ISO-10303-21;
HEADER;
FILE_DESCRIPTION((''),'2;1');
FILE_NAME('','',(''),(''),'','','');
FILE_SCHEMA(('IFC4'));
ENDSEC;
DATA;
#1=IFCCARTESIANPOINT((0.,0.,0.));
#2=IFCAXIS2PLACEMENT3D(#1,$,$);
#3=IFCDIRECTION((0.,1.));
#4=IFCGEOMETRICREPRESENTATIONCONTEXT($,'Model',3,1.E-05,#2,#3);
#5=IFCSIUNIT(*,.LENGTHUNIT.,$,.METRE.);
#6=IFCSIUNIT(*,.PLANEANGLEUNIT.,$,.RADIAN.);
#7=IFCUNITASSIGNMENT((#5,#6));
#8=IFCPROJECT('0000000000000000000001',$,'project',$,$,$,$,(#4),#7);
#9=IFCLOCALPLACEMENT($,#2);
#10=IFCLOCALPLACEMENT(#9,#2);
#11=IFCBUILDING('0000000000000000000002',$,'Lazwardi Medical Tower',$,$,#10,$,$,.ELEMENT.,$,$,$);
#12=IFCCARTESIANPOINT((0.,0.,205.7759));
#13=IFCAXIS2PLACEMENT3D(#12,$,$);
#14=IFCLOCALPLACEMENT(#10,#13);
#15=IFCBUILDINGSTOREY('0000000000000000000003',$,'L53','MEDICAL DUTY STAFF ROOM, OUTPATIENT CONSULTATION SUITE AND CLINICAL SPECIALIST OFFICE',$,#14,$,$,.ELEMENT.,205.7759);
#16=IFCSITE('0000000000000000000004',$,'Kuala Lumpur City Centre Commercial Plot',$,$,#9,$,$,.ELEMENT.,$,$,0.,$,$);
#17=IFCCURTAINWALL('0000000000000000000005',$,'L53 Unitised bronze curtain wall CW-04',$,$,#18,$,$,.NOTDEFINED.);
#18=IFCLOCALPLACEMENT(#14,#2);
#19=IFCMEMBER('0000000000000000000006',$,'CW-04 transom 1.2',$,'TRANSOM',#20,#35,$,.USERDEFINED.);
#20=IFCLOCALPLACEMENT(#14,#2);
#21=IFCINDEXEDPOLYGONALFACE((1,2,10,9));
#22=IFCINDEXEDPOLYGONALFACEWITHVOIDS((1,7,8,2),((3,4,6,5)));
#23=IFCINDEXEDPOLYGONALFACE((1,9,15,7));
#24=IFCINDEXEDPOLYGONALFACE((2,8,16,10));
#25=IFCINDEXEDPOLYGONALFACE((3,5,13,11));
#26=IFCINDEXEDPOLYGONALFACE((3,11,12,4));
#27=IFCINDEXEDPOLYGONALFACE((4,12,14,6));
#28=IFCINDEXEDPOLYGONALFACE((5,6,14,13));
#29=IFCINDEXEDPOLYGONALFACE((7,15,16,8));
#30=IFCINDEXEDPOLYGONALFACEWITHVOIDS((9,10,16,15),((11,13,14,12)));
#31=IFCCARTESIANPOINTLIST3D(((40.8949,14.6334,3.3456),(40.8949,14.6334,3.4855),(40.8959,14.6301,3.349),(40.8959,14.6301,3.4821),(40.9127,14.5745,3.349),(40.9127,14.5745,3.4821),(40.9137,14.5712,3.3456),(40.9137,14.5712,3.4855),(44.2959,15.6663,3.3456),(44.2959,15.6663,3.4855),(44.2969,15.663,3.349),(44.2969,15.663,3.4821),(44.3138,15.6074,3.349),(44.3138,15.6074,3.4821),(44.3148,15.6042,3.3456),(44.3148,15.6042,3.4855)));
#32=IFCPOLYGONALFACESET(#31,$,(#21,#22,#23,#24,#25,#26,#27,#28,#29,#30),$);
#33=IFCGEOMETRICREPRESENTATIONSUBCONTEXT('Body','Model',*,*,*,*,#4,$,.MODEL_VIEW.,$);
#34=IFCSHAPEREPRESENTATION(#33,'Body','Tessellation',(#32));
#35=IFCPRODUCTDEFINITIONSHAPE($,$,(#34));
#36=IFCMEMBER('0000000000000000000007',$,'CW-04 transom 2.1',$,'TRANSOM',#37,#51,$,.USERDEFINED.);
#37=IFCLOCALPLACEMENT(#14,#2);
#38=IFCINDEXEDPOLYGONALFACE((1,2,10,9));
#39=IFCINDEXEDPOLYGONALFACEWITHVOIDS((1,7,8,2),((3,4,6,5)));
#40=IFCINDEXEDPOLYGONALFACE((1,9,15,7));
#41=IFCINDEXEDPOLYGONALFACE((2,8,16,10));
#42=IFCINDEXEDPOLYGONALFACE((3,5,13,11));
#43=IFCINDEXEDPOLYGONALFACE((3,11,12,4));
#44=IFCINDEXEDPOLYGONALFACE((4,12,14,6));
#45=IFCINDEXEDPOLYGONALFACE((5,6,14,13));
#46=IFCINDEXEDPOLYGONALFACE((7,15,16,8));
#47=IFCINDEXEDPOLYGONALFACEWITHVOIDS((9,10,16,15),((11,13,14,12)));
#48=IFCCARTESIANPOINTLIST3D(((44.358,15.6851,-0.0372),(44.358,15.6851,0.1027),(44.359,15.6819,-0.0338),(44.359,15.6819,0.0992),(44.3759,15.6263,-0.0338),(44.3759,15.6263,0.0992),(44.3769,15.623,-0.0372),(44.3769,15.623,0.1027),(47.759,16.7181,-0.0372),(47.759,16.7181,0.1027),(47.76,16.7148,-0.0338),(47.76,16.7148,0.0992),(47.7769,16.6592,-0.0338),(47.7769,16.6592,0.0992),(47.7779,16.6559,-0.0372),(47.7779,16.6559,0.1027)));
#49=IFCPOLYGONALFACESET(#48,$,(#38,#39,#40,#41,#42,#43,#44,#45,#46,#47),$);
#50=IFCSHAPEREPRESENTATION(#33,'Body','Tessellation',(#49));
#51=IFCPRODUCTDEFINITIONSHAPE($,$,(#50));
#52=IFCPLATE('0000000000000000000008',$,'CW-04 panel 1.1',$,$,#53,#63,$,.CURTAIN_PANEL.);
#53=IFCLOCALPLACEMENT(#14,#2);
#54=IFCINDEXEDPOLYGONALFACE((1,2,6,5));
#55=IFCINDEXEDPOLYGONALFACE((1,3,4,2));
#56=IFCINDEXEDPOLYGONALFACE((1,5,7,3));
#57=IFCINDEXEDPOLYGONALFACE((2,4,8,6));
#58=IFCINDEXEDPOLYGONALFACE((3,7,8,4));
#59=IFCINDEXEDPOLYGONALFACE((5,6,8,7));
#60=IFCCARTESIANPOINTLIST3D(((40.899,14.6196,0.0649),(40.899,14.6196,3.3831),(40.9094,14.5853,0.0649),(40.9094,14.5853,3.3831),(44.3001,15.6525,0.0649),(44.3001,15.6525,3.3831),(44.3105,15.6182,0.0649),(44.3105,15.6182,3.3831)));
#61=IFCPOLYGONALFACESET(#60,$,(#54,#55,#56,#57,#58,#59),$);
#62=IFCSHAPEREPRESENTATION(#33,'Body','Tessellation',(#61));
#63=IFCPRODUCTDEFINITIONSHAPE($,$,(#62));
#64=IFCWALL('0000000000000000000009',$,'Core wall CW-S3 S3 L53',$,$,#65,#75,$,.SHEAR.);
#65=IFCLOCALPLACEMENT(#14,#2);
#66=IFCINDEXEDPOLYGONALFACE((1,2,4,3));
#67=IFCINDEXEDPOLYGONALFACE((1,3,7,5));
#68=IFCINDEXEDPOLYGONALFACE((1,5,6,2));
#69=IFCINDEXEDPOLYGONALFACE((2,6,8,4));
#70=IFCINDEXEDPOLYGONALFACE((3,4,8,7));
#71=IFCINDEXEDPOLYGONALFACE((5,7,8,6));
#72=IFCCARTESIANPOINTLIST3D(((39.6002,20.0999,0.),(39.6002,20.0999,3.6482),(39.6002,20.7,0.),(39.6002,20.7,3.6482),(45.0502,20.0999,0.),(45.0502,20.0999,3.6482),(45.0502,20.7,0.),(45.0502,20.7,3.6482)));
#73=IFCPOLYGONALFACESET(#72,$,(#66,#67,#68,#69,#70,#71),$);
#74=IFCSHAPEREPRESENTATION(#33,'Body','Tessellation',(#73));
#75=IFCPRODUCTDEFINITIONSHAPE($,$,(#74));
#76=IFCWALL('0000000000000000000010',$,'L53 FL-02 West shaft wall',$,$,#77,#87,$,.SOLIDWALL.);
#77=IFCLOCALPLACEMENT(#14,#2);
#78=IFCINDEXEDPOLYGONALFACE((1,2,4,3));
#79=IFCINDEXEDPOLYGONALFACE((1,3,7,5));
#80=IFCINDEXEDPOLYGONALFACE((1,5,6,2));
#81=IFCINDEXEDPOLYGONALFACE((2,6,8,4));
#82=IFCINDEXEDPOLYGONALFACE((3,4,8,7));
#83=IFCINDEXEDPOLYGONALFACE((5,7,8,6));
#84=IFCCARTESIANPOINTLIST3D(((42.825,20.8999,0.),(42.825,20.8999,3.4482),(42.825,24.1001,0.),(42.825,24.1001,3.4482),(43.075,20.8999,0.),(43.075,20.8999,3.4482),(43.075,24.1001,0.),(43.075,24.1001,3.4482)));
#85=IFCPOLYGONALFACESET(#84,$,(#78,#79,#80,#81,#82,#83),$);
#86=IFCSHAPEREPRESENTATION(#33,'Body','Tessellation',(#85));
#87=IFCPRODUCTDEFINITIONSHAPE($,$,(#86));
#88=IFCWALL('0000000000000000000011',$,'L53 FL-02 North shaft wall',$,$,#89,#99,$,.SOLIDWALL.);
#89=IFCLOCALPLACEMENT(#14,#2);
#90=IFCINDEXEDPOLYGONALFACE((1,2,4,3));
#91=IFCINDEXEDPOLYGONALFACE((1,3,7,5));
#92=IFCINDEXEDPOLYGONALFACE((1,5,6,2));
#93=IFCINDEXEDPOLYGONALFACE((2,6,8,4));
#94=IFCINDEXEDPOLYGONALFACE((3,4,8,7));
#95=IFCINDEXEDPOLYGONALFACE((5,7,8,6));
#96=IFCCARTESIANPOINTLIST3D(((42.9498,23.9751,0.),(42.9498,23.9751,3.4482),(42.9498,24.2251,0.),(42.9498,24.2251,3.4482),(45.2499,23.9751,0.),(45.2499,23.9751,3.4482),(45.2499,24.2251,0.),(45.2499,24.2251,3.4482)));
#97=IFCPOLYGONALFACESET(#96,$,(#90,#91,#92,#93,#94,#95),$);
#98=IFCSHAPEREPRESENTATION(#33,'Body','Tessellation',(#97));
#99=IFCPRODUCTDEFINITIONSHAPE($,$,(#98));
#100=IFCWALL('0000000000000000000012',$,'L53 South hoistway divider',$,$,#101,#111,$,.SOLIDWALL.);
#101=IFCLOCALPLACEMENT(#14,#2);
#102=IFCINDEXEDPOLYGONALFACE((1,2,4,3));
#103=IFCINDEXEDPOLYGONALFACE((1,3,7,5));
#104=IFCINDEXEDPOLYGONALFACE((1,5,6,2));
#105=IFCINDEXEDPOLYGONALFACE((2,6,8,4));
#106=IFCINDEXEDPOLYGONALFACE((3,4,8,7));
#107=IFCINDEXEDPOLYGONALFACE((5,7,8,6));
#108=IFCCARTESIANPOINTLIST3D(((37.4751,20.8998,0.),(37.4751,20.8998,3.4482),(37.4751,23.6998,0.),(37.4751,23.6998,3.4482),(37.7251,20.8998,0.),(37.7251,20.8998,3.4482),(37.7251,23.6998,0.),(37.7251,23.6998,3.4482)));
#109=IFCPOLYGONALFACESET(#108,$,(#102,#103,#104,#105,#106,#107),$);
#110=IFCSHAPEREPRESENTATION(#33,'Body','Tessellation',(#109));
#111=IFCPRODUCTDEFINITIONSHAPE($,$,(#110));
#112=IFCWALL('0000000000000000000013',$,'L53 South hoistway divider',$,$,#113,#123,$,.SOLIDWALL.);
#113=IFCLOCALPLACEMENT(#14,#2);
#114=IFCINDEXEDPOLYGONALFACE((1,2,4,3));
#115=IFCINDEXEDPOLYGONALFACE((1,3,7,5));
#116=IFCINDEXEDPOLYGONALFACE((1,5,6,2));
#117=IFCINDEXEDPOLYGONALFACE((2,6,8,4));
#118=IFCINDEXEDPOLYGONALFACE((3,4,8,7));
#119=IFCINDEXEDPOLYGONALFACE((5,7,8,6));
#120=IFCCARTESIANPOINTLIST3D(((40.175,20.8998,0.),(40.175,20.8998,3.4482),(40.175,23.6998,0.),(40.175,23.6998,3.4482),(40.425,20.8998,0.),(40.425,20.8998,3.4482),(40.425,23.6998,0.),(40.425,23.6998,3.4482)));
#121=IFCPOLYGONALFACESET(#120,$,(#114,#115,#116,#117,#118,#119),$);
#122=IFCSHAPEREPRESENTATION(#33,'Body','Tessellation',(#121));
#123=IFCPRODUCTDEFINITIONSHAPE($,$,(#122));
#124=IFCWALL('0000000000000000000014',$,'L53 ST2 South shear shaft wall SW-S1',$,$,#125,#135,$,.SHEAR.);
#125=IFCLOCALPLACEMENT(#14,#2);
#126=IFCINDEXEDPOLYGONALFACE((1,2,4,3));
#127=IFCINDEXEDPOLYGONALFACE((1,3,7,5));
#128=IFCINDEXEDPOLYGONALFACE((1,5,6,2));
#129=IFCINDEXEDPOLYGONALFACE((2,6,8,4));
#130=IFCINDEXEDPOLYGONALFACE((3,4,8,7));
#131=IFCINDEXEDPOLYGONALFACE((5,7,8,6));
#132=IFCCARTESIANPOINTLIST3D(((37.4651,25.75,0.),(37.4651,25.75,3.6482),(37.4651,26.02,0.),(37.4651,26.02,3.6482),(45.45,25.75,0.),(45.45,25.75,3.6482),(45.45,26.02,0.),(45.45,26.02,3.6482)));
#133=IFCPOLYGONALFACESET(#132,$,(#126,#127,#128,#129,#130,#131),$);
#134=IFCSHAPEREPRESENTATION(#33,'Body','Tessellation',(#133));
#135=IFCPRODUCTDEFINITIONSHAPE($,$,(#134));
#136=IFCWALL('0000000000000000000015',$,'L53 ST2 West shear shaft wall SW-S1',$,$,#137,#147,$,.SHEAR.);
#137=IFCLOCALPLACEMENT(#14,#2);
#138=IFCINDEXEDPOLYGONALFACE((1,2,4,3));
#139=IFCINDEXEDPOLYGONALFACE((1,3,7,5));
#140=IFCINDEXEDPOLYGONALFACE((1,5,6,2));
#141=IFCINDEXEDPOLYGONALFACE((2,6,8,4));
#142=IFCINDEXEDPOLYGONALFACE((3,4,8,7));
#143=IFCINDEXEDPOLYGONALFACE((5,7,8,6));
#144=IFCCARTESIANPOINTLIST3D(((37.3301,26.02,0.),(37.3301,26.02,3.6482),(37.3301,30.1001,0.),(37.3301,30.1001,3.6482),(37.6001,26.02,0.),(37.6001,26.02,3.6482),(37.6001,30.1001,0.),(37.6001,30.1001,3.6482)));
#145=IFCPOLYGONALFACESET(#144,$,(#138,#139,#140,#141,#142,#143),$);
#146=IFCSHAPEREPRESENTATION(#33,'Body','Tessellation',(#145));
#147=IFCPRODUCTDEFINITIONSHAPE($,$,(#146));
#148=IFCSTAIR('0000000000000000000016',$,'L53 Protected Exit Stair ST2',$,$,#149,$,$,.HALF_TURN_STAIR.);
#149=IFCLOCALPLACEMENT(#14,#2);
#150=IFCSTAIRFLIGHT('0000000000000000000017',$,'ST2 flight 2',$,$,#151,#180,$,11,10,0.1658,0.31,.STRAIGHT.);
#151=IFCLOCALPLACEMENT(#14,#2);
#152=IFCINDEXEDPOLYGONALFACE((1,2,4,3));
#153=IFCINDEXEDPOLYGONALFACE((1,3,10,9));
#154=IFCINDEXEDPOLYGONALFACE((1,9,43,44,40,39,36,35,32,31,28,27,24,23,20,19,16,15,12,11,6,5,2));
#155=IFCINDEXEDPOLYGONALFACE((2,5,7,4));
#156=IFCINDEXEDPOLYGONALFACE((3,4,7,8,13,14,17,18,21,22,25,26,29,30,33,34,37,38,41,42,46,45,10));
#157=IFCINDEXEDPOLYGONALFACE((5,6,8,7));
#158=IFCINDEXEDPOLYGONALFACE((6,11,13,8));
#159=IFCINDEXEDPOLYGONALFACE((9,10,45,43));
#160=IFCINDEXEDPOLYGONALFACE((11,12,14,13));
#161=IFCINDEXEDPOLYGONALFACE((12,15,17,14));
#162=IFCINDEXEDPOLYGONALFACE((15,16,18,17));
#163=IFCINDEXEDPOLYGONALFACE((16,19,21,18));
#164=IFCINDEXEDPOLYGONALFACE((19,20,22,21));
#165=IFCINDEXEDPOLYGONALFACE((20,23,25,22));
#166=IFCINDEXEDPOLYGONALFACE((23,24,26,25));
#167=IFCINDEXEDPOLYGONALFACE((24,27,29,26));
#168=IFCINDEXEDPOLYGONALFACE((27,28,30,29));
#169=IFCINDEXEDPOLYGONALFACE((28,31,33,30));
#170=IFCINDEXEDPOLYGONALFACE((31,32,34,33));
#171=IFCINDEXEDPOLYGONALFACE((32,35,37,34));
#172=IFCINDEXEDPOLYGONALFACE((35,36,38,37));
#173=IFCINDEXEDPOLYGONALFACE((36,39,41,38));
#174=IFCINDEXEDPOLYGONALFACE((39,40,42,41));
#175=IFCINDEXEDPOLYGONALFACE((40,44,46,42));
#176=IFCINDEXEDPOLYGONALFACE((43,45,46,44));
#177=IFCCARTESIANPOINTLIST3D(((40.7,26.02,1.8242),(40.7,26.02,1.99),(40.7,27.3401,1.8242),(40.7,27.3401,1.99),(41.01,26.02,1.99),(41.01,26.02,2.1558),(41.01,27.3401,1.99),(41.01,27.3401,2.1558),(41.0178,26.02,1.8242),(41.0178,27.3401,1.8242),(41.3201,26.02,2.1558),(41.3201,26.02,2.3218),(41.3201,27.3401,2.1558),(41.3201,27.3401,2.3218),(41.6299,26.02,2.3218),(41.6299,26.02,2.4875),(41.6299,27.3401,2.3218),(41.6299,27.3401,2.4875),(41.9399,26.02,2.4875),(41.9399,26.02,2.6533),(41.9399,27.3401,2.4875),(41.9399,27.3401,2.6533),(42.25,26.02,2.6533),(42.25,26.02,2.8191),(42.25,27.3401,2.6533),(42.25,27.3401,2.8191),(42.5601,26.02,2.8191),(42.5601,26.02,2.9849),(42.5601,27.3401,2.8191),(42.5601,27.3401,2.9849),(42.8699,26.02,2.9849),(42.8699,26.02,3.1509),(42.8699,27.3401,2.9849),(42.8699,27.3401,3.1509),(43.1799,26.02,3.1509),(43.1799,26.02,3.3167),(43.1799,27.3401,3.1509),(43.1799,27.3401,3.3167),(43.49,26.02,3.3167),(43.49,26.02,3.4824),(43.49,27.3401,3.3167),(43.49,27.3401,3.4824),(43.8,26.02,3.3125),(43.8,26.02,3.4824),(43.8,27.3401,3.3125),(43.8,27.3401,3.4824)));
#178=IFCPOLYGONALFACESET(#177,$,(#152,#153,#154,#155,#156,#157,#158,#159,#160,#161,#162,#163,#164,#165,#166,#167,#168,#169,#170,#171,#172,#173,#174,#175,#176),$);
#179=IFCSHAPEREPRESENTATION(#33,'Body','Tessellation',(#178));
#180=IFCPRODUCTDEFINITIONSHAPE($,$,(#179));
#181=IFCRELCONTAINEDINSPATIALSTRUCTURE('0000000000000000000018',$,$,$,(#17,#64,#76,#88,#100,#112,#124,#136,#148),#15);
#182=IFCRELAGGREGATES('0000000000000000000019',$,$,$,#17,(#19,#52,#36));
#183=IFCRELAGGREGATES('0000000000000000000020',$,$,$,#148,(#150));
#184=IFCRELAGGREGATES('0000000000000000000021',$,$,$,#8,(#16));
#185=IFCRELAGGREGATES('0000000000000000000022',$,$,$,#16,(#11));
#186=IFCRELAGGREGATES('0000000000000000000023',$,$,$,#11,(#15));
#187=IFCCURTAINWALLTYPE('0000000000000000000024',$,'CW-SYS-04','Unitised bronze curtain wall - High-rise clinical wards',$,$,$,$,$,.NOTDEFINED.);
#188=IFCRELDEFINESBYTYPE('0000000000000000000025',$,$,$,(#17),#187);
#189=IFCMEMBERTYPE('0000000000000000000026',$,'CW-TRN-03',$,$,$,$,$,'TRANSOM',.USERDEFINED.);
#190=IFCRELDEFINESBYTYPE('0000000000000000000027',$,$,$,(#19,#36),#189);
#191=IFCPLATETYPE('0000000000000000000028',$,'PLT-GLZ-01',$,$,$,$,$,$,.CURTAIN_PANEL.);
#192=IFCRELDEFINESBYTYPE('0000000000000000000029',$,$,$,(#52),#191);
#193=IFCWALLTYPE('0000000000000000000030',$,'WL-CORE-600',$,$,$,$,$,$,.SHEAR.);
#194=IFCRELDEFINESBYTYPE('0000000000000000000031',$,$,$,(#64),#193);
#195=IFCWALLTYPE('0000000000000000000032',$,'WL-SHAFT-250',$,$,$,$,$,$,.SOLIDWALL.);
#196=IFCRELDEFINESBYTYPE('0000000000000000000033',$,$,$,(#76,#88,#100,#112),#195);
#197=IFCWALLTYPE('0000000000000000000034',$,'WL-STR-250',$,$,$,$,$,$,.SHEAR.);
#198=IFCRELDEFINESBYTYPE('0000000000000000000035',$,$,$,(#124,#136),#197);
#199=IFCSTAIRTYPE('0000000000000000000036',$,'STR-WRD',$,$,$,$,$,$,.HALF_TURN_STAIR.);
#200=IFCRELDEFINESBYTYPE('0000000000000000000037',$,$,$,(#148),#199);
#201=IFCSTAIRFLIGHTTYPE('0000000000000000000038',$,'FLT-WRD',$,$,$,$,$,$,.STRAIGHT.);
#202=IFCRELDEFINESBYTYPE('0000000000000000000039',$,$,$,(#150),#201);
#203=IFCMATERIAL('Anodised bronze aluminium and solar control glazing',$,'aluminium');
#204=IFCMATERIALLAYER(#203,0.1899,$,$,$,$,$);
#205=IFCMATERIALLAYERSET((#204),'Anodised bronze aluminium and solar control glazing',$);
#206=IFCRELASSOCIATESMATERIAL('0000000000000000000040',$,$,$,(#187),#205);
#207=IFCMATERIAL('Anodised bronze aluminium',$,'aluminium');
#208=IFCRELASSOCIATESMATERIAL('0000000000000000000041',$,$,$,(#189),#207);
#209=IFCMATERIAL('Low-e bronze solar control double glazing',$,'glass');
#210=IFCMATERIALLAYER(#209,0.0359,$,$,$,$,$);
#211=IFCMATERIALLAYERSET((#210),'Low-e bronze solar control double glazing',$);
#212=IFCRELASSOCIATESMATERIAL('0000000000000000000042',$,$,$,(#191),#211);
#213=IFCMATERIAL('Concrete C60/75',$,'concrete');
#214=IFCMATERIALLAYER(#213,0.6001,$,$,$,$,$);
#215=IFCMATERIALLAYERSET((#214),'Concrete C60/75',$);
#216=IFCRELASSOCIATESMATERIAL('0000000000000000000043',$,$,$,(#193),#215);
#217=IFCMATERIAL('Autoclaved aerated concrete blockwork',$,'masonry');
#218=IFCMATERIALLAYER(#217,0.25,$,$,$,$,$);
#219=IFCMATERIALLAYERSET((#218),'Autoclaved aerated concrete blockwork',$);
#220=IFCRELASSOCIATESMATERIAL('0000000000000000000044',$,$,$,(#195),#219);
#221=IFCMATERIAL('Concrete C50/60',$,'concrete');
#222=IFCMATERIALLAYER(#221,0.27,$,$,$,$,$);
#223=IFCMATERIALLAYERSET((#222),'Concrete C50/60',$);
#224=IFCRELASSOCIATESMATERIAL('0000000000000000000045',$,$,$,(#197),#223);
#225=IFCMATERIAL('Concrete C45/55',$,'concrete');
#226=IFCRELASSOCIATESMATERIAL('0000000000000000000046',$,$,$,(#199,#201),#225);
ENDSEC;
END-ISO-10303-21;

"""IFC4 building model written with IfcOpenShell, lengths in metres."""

from ifc_helpers import new_model, si_unit, direction, frame, frame_2d, origin, origin_2d, place, context, subcontext, project, spatial, polyline, rectangle, hollow_rectangle, outline, extrude, material, layer, layer_set, material_profile, profile_set, type_object, element, aggregate, save


model = new_model("IFC4")

# Units and contexts
model_context = context("Model", 3, precision=1e-05, world=origin(), true_north=direction((0.0, 1.0)))
body_context = subcontext(model_context, "Body", "Model", "MODEL_VIEW")
ifc_project = project(units=[si_unit("LENGTHUNIT", "METRE"), si_unit("PLANEANGLEUNIT", "RADIAN")], contexts=[model_context])

# Site, building, storey
site_placement = place(None, origin())
site = spatial("IfcSite", under=ifc_project, at=site_placement, Name="Kuala Lumpur City Centre Commercial Plot", CompositionType="ELEMENT", RefElevation=0.0)
building_placement = place(site_placement, origin())
building = spatial("IfcBuilding", under=site, at=building_placement, Name="Lazwardi Medical Tower", CompositionType="ELEMENT")
storey_placement = place(building_placement, frame((0.0, 0.0, 205.7759)))
storey = spatial("IfcBuildingStorey", under=building, at=storey_placement, Name="L53", Description="MEDICAL DUTY STAFF ROOM, OUTPATIENT CONSULTATION SUITE AND CLINICAL SPECIALIST OFFICE", CompositionType="ELEMENT", Elevation=205.7759)

# Shared definitions
ifc_material_1 = material(Name="Concrete C60/75", Category="concrete")

# Curtain wall, members, plate
ifc_material_2 = material(Name="Anodised bronze aluminium and solar control glazing", Category="aluminium")
ifc_layer_1 = layer(ifc_material_2, 0.1899)
ifc_layer_set_1 = layer_set([ifc_layer_1], Name="Anodised bronze aluminium and solar control glazing")
curtain_wall_type = type_object("IfcCurtainWallType", Name="CW-SYS-04", Description="Unitised bronze curtain wall - High-rise clinical wards", PredefinedType="NOTDEFINED", material=ifc_layer_set_1)
curtain_wall_placement = place(storey_placement, origin())
curtain_wall = element("IfcCurtainWall", 1, at=curtain_wall_placement, inside=storey, type_object=curtain_wall_type, Name="L53 Unitised bronze curtain wall CW-04", PredefinedType="NOTDEFINED")
ifc_material_3 = material(Name="Anodised bronze aluminium", Category="aluminium")
ifc_material_profile_1 = material_profile(ifc_material_3, hollow_rectangle(XDim=0.0649, YDim=0.1399, WallThickness=0.0034, at=origin_2d()), Name="ALU-TRANSOM 140x65x3.5")
ifc_profile_set_1 = profile_set([ifc_material_profile_1], Name="Anodised bronze aluminium")
member_type_1 = type_object("IfcMemberType", Name="CW-TRN-03", ElementType="TRANSOM", PredefinedType="USERDEFINED", material=ifc_profile_set_1)
member_1_placement = place(storey_placement, frame((40.9043, 14.6023, 3.4155), z_axis=(0.956843, 0.290604, 0.0), x_axis=(-0.290604, 0.956843, 0.0)))
member_1 = element("IfcMember", 2, at=member_1_placement, type_object=member_type_1, Name="CW-04 transom 1.2", ObjectType="TRANSOM", PredefinedType="USERDEFINED", context=body_context, shape_type="SweptSolid", body=[
    extrude(hollow_rectangle(XDim=0.0649, YDim=0.1399, WallThickness=0.0034, at=origin_2d()), origin(), (0.0, 0.0, 1.0), 3.5544),
])
member_2_placement = place(storey_placement, frame((44.3674, 15.6541, 0.0327), z_axis=(0.956843, 0.290604, 0.0), x_axis=(-0.290604, 0.956843, 0.0)))
member_2 = element("IfcMember", 3, at=member_2_placement, type_object=member_type_1, Name="CW-04 transom 2.1", ObjectType="TRANSOM", PredefinedType="USERDEFINED", context=body_context, shape_type="SweptSolid", body=[
    extrude(hollow_rectangle(XDim=0.0649, YDim=0.1399, WallThickness=0.0034, at=origin_2d()), origin(), (0.0, 0.0, 1.0), 3.5544),
])
ifc_material_4 = material(Name="Low-e bronze solar control double glazing", Category="glass")
ifc_layer_2 = layer(ifc_material_4, 0.0359)
ifc_layer_set_2 = layer_set([ifc_layer_2], Name="Low-e bronze solar control double glazing")
plate_type = type_object("IfcPlateType", Name="PLT-GLZ-01", PredefinedType="CURTAIN_PANEL", material=ifc_layer_set_2)
plate_placement = place(storey_placement, frame((42.6047, 15.1189, 0.0649), z_axis=(0.0, 0.0, 1.0), x_axis=(0.95685, 0.290582, 0.0)))
plate = element("IfcPlate", 4, at=plate_placement, type_object=plate_type, Name="CW-04 panel 1.1", PredefinedType="CURTAIN_PANEL", context=body_context, shape_type="SweptSolid", body=[
    extrude(rectangle(XDim=3.5544, YDim=0.0359, at=origin_2d()), origin(), (0.0, 0.0, 1.0), 3.3181),
])
aggregate(curtain_wall, [member_1, plate, member_2])

# Walls
ifc_layer_3 = layer(ifc_material_1, 0.6001)
ifc_layer_set_3 = layer_set([ifc_layer_3], Name="Concrete C60/75")
wall_type_1 = type_object("IfcWallType", Name="WL-CORE-600", PredefinedType="SHEAR", material=ifc_layer_set_3)
wall_1_placement = place(storey_placement, frame((39.6001, 20.3999, 0.0), z_axis=(0.0, 0.0, 1.0), x_axis=(1.0, 0.0, 0.0)))
element("IfcWall", 5, at=wall_1_placement, inside=storey, type_object=wall_type_1, Name="Core wall CW-S3 S3 L53", PredefinedType="SHEAR", context=body_context, shape_type="SweptSolid", body=[
    extrude(rectangle(XDim=5.45, YDim=0.6001, at=frame_2d((2.7251, 0.0))), origin(), (0.0, 0.0, 1.0), 3.6482),
])
ifc_material_5 = material(Name="Autoclaved aerated concrete blockwork", Category="masonry")
ifc_layer_4 = layer(ifc_material_5, 0.25)
ifc_layer_set_4 = layer_set([ifc_layer_4], Name="Autoclaved aerated concrete blockwork")
wall_type_2 = type_object("IfcWallType", Name="WL-SHAFT-250", PredefinedType="SOLIDWALL", material=ifc_layer_set_4)
wall_2_placement = place(storey_placement, frame((42.95, 20.8999, 0.0), z_axis=(0.0, 0.0, 1.0), x_axis=(0.0, 1.0, 0.0)))
element("IfcWall", 6, at=wall_2_placement, inside=storey, type_object=wall_type_2, Name="L53 FL-02 West shaft wall", PredefinedType="SOLIDWALL", context=body_context, shape_type="SweptSolid", body=[
    extrude(rectangle(XDim=3.2002, YDim=0.25, at=frame_2d((1.6001, 0.0))), origin(), (0.0, 0.0, 1.0), 3.4482),
])
wall_3_placement = place(storey_placement, frame((42.95, 24.1001, 0.0), z_axis=(0.0, 0.0, 1.0), x_axis=(1.0, 0.0, 0.0)))
element("IfcWall", 7, at=wall_3_placement, inside=storey, type_object=wall_type_2, Name="L53 FL-02 North shaft wall", PredefinedType="SOLIDWALL", context=body_context, shape_type="SweptSolid", body=[
    extrude(rectangle(XDim=2.3, YDim=0.25, at=frame_2d((1.1499, 0.0))), origin(), (0.0, 0.0, 1.0), 3.4482),
])
for number, where, z_axis, x_axis, name in (
    (8, (37.6001, 20.8999, 0.0), (0.0, 0.0, 1.0), (0.0, 1.0, 0.0), "L53 South hoistway divider"),
    (9, (40.3, 20.8999, 0.0), (0.0, 0.0, 1.0), (0.0, 1.0, 0.0), "L53 South hoistway divider"),
):
    element("IfcWall", number, at=place(storey_placement, frame(where, z_axis=z_axis, x_axis=x_axis)), inside=storey, type_object=wall_type_2, Name=name, PredefinedType="SOLIDWALL", context=body_context, shape_type="SweptSolid", body=[
        extrude(rectangle(XDim=2.8, YDim=0.25, at=frame_2d((1.3999, 0.0))), origin(), (0.0, 0.0, 1.0), 3.4482),
    ])
ifc_material_6 = material(Name="Concrete C50/60", Category="concrete")
ifc_layer_5 = layer(ifc_material_6, 0.27)
ifc_layer_set_5 = layer_set([ifc_layer_5], Name="Concrete C50/60")
wall_type_3 = type_object("IfcWallType", Name="WL-STR-250", PredefinedType="SHEAR", material=ifc_layer_set_5)
wall_4_placement = place(storey_placement, frame((37.4651, 25.885, 0.0), z_axis=(0.0, 0.0, 1.0), x_axis=(1.0, 0.0, 0.0)))
element("IfcWall", 10, at=wall_4_placement, inside=storey, type_object=wall_type_3, Name="L53 ST2 South shear shaft wall SW-S1", PredefinedType="SHEAR", context=body_context, shape_type="SweptSolid", body=[
    extrude(rectangle(XDim=7.9849, YDim=0.27, at=frame_2d((3.9924, 0.0))), origin(), (0.0, 0.0, 1.0), 3.6482),
])
wall_5_placement = place(storey_placement, frame((37.4651, 26.02, 0.0), z_axis=(0.0, 0.0, 1.0), x_axis=(0.0, 1.0, 0.0)))
element("IfcWall", 11, at=wall_5_placement, inside=storey, type_object=wall_type_3, Name="L53 ST2 West shear shaft wall SW-S1", PredefinedType="SHEAR", context=body_context, shape_type="SweptSolid", body=[
    extrude(rectangle(XDim=4.0801, YDim=0.27, at=frame_2d((2.04, 0.0))), origin(), (0.0, 0.0, 1.0), 3.6482),
])

# Stair, stair flight
ifc_material_7 = material(Name="Concrete C45/55", Category="concrete")
stair_type = type_object("IfcStairType", Name="STR-WRD", PredefinedType="HALF_TURN_STAIR", material=ifc_material_7)
stair_placement = place(storey_placement, origin())
stair = element("IfcStair", 12, at=stair_placement, inside=storey, type_object=stair_type, Name="L53 Protected Exit Stair ST2", PredefinedType="HALF_TURN_STAIR")
stair_flight_type = type_object("IfcStairFlightType", Name="FLT-WRD", PredefinedType="STRAIGHT", material=ifc_material_7)
stair_flight_placement = place(storey_placement, frame((40.7, 26.6799, 1.8242), z_axis=(0.0, 0.0, 1.0), x_axis=(1.0, 0.0, 0.0)))
stair_flight = element("IfcStairFlight", 13, at=stair_flight_placement, type_object=stair_flight_type, Name="ST2 flight 2", NumberOfRisers=11, NumberOfTreads=10, PredefinedType="STRAIGHT", RiserHeight=0.1658, TreadLength=0.31, context=body_context, shape_type="SweptSolid", body=[
    extrude(outline(polyline([(0.0, 0.0), (0.0, 0.1658), (0.3101, 0.1658), (0.3101, 0.3315), (0.6201, 0.3315), (0.6201, 0.4976), (0.9299, 0.4976), (0.9299, 0.6633), (1.24, 0.6633), (1.24, 0.8291), (1.55, 0.8291), (1.55, 0.9949), (1.8601, 0.9949), (1.8601, 1.1606), (2.1699, 1.1606), (2.1699, 1.3267), (2.48, 1.3267), (2.48, 1.4924), (2.79, 1.4924), (2.79, 1.6582), (3.1001, 1.6582), (3.1001, 1.824), (3.1001, 1.4883), (0.3179, 0.0), (0.0, 0.0)])), frame((0.0, 0.6602, 0.0), z_axis=(0.0, -1.0, 0.0), x_axis=(1.0, 0.0, 0.0)), (0.0, 0.0, 1.0), 1.3201),
])
aggregate(stair, [stair_flight])

save(model, "model.ifc")
